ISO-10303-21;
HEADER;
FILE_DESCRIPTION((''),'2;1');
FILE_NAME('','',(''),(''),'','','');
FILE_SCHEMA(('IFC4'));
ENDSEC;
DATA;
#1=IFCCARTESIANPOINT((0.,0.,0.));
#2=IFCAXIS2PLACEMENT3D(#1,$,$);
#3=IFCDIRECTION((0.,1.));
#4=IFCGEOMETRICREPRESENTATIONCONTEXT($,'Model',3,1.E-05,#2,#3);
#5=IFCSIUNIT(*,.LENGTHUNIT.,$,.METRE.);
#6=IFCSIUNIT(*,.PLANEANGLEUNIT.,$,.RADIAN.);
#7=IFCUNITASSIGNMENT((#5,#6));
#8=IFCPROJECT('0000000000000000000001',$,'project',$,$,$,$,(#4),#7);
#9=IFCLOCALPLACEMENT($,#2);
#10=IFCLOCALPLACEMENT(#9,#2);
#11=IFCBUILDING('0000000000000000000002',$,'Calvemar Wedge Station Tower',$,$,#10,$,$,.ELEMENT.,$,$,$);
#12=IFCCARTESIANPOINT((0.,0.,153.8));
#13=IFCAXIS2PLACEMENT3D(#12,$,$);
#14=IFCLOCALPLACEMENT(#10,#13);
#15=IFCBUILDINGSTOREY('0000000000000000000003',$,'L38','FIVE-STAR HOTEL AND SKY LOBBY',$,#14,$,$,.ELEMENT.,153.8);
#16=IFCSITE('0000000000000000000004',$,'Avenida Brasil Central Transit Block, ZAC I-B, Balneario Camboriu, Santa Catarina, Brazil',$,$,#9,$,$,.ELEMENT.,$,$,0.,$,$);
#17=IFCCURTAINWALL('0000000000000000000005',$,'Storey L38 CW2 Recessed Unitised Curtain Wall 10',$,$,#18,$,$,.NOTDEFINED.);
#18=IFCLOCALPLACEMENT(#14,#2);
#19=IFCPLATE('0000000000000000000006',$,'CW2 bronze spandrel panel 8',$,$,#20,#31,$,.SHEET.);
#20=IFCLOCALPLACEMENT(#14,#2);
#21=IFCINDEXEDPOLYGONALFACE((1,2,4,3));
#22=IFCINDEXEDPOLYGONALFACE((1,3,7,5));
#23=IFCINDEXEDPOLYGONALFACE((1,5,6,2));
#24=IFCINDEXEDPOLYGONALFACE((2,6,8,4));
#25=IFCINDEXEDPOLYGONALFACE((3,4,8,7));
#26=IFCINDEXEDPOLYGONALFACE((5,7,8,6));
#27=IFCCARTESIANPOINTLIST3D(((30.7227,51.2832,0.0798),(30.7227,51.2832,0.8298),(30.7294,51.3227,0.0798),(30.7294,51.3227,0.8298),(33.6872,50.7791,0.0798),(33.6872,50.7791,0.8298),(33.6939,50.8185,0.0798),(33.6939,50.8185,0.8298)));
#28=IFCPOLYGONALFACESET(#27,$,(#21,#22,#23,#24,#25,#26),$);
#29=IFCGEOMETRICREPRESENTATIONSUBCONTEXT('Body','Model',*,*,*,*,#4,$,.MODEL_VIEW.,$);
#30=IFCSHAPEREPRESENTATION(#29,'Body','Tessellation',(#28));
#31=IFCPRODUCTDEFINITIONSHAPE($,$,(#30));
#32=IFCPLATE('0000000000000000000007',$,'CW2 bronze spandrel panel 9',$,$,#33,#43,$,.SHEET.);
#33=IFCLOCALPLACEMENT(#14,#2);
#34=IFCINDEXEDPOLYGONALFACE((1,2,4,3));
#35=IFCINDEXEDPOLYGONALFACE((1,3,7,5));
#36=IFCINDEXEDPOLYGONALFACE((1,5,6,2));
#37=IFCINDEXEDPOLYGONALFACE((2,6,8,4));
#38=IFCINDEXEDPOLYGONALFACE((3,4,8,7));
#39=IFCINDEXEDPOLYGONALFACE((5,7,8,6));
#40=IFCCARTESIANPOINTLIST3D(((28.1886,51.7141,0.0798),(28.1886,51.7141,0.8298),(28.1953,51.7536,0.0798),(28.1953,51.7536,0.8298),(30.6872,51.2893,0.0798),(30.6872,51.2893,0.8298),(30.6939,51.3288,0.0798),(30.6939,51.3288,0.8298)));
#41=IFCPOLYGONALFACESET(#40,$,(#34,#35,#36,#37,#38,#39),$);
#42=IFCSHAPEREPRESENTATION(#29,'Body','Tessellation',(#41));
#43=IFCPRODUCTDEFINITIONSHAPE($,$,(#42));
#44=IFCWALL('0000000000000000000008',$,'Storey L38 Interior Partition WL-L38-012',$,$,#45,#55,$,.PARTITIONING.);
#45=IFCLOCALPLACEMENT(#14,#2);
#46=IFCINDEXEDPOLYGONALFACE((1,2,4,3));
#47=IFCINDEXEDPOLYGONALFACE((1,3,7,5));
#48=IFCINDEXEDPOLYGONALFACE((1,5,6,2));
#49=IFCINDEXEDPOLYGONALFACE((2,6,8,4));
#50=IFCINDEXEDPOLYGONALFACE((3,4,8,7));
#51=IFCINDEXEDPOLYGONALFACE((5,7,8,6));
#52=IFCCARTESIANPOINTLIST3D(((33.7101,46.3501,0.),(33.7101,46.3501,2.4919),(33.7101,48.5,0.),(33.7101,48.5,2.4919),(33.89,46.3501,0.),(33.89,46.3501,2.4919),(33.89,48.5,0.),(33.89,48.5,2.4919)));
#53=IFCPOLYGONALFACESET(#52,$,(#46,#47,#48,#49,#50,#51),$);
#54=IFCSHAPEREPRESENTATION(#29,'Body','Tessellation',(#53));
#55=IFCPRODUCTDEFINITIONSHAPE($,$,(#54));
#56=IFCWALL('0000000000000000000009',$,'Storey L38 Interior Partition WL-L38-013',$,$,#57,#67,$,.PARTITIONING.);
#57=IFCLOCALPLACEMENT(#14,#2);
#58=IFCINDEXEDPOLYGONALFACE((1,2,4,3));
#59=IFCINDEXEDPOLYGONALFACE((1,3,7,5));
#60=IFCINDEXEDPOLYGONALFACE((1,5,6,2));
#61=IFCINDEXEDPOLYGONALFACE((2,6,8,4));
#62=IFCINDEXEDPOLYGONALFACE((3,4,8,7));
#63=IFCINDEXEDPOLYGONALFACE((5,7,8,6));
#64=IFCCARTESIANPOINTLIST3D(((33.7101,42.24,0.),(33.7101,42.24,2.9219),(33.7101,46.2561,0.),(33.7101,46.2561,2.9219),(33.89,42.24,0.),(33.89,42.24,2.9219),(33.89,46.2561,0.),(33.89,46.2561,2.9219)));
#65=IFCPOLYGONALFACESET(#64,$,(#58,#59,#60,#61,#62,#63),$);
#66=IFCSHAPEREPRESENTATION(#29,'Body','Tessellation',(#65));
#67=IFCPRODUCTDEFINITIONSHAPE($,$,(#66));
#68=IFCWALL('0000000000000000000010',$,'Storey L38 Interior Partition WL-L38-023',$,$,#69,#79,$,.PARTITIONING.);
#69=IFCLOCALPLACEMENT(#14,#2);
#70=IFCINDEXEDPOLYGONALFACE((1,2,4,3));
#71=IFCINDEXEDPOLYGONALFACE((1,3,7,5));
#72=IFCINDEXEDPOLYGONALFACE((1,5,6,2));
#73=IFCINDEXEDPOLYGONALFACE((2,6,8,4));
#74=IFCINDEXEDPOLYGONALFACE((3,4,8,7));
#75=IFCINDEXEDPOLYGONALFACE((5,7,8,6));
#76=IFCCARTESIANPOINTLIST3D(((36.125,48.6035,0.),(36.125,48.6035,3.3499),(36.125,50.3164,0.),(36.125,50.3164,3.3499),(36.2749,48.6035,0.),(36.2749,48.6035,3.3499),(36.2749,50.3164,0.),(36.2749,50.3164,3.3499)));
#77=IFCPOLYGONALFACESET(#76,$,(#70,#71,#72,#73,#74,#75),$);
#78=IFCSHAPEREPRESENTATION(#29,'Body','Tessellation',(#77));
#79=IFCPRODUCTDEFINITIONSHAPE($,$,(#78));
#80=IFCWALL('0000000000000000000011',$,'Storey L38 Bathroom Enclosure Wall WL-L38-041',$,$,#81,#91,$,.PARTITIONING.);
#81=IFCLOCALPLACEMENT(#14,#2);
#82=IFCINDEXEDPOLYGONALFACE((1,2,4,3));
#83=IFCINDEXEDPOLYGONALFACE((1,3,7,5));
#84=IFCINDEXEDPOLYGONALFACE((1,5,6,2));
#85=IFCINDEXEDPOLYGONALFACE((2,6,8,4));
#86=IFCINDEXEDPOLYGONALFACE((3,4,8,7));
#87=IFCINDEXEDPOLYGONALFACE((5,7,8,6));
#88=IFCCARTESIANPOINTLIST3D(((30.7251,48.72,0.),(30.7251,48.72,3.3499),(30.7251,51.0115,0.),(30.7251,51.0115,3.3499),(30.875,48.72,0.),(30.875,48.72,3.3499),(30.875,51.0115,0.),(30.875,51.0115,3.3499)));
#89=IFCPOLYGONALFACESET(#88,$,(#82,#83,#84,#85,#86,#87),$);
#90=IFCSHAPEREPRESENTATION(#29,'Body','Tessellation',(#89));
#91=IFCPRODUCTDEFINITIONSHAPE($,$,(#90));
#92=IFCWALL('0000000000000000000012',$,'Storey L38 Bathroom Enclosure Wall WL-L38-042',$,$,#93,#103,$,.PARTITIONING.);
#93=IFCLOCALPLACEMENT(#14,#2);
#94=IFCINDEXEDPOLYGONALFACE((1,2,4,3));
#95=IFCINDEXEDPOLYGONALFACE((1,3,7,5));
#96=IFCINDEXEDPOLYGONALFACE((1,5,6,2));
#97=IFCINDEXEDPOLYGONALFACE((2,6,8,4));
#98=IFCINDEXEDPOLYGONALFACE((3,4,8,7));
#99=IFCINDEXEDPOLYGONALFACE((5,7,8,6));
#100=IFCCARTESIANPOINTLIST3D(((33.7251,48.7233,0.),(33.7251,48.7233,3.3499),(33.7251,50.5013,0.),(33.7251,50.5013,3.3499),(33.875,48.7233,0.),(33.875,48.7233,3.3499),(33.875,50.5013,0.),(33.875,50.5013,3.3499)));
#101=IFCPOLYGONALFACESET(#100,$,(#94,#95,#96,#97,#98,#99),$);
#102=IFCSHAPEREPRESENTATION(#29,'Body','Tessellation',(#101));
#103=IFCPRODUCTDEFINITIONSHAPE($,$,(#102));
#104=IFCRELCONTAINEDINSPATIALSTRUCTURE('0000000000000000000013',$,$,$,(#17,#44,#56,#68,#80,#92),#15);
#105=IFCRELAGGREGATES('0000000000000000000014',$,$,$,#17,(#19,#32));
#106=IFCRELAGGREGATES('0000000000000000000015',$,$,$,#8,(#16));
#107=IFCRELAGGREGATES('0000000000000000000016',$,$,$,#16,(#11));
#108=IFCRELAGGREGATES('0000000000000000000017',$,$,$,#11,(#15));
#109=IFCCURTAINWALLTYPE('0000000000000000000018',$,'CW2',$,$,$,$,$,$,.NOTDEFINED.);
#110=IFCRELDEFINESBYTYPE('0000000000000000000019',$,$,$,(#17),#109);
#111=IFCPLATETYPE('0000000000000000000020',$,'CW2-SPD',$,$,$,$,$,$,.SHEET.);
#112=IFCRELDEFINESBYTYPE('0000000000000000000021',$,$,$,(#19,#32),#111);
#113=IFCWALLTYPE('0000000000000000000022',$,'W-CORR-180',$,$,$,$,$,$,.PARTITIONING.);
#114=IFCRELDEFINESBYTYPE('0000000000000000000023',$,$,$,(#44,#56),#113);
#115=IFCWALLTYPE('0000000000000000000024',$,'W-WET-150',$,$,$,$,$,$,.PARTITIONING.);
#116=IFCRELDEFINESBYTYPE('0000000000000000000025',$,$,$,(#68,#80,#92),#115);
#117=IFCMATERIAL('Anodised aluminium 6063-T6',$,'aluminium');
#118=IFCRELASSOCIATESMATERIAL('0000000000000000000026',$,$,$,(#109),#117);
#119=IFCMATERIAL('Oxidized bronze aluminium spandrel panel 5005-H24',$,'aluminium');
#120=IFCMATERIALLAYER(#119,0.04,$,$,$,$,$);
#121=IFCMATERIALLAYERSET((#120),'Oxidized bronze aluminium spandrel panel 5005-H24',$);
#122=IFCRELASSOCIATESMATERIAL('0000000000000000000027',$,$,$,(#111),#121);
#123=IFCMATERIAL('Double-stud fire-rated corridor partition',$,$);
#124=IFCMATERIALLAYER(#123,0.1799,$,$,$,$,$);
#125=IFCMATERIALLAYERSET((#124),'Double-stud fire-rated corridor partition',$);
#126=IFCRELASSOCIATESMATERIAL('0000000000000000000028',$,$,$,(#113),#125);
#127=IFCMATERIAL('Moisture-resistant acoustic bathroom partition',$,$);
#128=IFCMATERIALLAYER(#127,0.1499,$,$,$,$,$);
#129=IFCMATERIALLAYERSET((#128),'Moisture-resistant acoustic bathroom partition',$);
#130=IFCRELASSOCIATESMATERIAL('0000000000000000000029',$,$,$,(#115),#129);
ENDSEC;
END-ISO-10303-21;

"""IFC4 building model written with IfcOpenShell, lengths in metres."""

from ifc_helpers import new_model, si_unit, direction, frame, frame_2d, origin, place, context, subcontext, project, spatial, rectangle, extrude, material, layer, layer_set, type_object, element, aggregate, save


model = new_model("IFC4")

# Units and contexts
model_context = context("Model", 3, precision=1e-05, world=origin(), true_north=direction((0.0, 1.0)))
body_context = subcontext(model_context, "Body", "Model", "MODEL_VIEW")
ifc_project = project(units=[si_unit("LENGTHUNIT", "METRE"), si_unit("PLANEANGLEUNIT", "RADIAN")], contexts=[model_context])

# Site, building, storey
site_placement = place(None, origin())
site = spatial("IfcSite", under=ifc_project, at=site_placement, Name="Avenida Brasil Central Transit Block, ZAC I-B, Balneario Camboriu, Santa Catarina, Brazil", CompositionType="ELEMENT", RefElevation=0.0)
building_placement = place(site_placement, origin())
building = spatial("IfcBuilding", under=site, at=building_placement, Name="Calvemar Wedge Station Tower", CompositionType="ELEMENT")
storey_placement = place(building_placement, frame((0.0, 0.0, 153.8)))
storey = spatial("IfcBuildingStorey", under=building, at=storey_placement, Name="L38", Description="FIVE-STAR HOTEL AND SKY LOBBY", CompositionType="ELEMENT", Elevation=153.8)

# Curtain wall, plates
ifc_material_1 = material(Name="Anodised aluminium 6063-T6", Category="aluminium")
curtain_wall_type = type_object("IfcCurtainWallType", Name="CW2", PredefinedType="NOTDEFINED", material=ifc_material_1)
curtain_wall_placement = place(storey_placement, origin())
curtain_wall = element("IfcCurtainWall", 1, at=curtain_wall_placement, inside=storey, type_object=curtain_wall_type, Name="Storey L38 CW2 Recessed Unitised Curtain Wall 10", PredefinedType="NOTDEFINED")
ifc_material_2 = material(Name="Oxidized bronze aluminium spandrel panel 5005-H24", Category="aluminium")
ifc_layer_1 = layer(ifc_material_2, 0.04)
ifc_layer_set_1 = layer_set([ifc_layer_1], Name="Oxidized bronze aluminium spandrel panel 5005-H24")
plate_type_1 = type_object("IfcPlateType", Name="CW2-SPD", PredefinedType="SHEET", material=ifc_layer_set_1)
plate_1_placement = place(storey_placement, frame((33.6904, 50.7988, 0.0798), z_axis=(0.0, 0.0, 1.0), x_axis=(-0.985847, 0.16765, 0.0)))
plate_1 = element("IfcPlate", 2, at=plate_1_placement, type_object=plate_type_1, Name="CW2 bronze spandrel panel 8", PredefinedType="SHEET", context=body_context, shape_type="SweptSolid", body=[
    extrude(rectangle(XDim=3.0071, YDim=0.04, at=frame_2d((1.5034, 0.0))), origin(), (0.0, 0.0, 1.0), 0.75),
])
plate_2_placement = place(storey_placement, frame((30.6904, 51.3091, 0.0798), z_axis=(0.0, 0.0, 1.0), x_axis=(-0.985852, 0.167616, 0.0)))
plate_2 = element("IfcPlate", 3, at=plate_2_placement, type_object=plate_type_1, Name="CW2 bronze spandrel panel 9", PredefinedType="SHEET", context=body_context, shape_type="SweptSolid", body=[
    extrude(rectangle(XDim=2.5344, YDim=0.04, at=frame_2d((1.2671, 0.0))), origin(), (0.0, 0.0, 1.0), 0.75),
])
aggregate(curtain_wall, [plate_1, plate_2])

# Walls
ifc_material_3 = material(Name="Double-stud fire-rated corridor partition")
ifc_layer_2 = layer(ifc_material_3, 0.1799)
ifc_layer_set_2 = layer_set([ifc_layer_2], Name="Double-stud fire-rated corridor partition")
wall_type_1 = type_object("IfcWallType", Name="W-CORR-180", PredefinedType="PARTITIONING", material=ifc_layer_set_2)
wall_1_placement = place(storey_placement, frame((33.8, 48.5, 0.0), z_axis=(0.0, 0.0, 1.0), x_axis=(0.0, -1.0, 0.0)))
element("IfcWall", 4, at=wall_1_placement, inside=storey, type_object=wall_type_1, Name="Storey L38 Interior Partition WL-L38-012", PredefinedType="PARTITIONING", context=body_context, shape_type="SweptSolid", body=[
    extrude(rectangle(XDim=2.1499, YDim=0.1799, at=frame_2d((1.075, 0.0))), origin(), (0.0, 0.0, 1.0), 2.4919),
])
wall_2_placement = place(storey_placement, frame((33.8, 46.2561, 0.0), z_axis=(0.0, 0.0, 1.0), x_axis=(0.0, -1.0, 0.0)))
element("IfcWall", 5, at=wall_2_placement, inside=storey, type_object=wall_type_1, Name="Storey L38 Interior Partition WL-L38-013", PredefinedType="PARTITIONING", context=body_context, shape_type="SweptSolid", body=[
    extrude(rectangle(XDim=4.0161, YDim=0.1799, at=frame_2d((2.0081, 0.0))), origin(), (0.0, 0.0, 1.0), 2.9219),
])

# Shared definitions
ifc_material_4 = material(Name="Moisture-resistant acoustic bathroom partition")
ifc_layer_3 = layer(ifc_material_4, 0.1499)
ifc_layer_set_3 = layer_set([ifc_layer_3], Name="Moisture-resistant acoustic bathroom partition")
wall_type_2 = type_object("IfcWallType", Name="W-WET-150", PredefinedType="PARTITIONING", material=ifc_layer_set_3)

# Walls
wall_3_placement = place(storey_placement, frame((36.2, 50.3164, 0.0), z_axis=(0.0, 0.0, 1.0), x_axis=(0.0, -1.0, 0.0)))
element("IfcWall", 6, at=wall_3_placement, inside=storey, type_object=wall_type_2, Name="Storey L38 Interior Partition WL-L38-023", PredefinedType="PARTITIONING", context=body_context, shape_type="SweptSolid", body=[
    extrude(rectangle(XDim=1.7129, YDim=0.1499, at=frame_2d((0.8564, 0.0))), origin(), (0.0, 0.0, 1.0), 3.3499),
])
wall_4_placement = place(storey_placement, frame((30.8, 51.0115, 0.0), z_axis=(0.0, 0.0, 1.0), x_axis=(0.0, -1.0, 0.0)))
element("IfcWall", 7, at=wall_4_placement, inside=storey, type_object=wall_type_2, Name="Storey L38 Bathroom Enclosure Wall WL-L38-041", PredefinedType="PARTITIONING", context=body_context, shape_type="SweptSolid", body=[
    extrude(rectangle(XDim=2.2915, YDim=0.1499, at=frame_2d((1.1458, 0.0))), origin(), (0.0, 0.0, 1.0), 3.3499),
])
wall_5_placement = place(storey_placement, frame((33.8, 48.7231, 0.0), z_axis=(0.0, 0.0, 1.0), x_axis=(0.0, 1.0, 0.0)))
element("IfcWall", 8, at=wall_5_placement, inside=storey, type_object=wall_type_2, Name="Storey L38 Bathroom Enclosure Wall WL-L38-042", PredefinedType="PARTITIONING", context=body_context, shape_type="SweptSolid", body=[
    extrude(rectangle(XDim=1.7781, YDim=0.1499, at=frame_2d((0.8892, 0.0))), origin(), (0.0, 0.0, 1.0), 3.3499),
])

save(model, "model.ifc")
